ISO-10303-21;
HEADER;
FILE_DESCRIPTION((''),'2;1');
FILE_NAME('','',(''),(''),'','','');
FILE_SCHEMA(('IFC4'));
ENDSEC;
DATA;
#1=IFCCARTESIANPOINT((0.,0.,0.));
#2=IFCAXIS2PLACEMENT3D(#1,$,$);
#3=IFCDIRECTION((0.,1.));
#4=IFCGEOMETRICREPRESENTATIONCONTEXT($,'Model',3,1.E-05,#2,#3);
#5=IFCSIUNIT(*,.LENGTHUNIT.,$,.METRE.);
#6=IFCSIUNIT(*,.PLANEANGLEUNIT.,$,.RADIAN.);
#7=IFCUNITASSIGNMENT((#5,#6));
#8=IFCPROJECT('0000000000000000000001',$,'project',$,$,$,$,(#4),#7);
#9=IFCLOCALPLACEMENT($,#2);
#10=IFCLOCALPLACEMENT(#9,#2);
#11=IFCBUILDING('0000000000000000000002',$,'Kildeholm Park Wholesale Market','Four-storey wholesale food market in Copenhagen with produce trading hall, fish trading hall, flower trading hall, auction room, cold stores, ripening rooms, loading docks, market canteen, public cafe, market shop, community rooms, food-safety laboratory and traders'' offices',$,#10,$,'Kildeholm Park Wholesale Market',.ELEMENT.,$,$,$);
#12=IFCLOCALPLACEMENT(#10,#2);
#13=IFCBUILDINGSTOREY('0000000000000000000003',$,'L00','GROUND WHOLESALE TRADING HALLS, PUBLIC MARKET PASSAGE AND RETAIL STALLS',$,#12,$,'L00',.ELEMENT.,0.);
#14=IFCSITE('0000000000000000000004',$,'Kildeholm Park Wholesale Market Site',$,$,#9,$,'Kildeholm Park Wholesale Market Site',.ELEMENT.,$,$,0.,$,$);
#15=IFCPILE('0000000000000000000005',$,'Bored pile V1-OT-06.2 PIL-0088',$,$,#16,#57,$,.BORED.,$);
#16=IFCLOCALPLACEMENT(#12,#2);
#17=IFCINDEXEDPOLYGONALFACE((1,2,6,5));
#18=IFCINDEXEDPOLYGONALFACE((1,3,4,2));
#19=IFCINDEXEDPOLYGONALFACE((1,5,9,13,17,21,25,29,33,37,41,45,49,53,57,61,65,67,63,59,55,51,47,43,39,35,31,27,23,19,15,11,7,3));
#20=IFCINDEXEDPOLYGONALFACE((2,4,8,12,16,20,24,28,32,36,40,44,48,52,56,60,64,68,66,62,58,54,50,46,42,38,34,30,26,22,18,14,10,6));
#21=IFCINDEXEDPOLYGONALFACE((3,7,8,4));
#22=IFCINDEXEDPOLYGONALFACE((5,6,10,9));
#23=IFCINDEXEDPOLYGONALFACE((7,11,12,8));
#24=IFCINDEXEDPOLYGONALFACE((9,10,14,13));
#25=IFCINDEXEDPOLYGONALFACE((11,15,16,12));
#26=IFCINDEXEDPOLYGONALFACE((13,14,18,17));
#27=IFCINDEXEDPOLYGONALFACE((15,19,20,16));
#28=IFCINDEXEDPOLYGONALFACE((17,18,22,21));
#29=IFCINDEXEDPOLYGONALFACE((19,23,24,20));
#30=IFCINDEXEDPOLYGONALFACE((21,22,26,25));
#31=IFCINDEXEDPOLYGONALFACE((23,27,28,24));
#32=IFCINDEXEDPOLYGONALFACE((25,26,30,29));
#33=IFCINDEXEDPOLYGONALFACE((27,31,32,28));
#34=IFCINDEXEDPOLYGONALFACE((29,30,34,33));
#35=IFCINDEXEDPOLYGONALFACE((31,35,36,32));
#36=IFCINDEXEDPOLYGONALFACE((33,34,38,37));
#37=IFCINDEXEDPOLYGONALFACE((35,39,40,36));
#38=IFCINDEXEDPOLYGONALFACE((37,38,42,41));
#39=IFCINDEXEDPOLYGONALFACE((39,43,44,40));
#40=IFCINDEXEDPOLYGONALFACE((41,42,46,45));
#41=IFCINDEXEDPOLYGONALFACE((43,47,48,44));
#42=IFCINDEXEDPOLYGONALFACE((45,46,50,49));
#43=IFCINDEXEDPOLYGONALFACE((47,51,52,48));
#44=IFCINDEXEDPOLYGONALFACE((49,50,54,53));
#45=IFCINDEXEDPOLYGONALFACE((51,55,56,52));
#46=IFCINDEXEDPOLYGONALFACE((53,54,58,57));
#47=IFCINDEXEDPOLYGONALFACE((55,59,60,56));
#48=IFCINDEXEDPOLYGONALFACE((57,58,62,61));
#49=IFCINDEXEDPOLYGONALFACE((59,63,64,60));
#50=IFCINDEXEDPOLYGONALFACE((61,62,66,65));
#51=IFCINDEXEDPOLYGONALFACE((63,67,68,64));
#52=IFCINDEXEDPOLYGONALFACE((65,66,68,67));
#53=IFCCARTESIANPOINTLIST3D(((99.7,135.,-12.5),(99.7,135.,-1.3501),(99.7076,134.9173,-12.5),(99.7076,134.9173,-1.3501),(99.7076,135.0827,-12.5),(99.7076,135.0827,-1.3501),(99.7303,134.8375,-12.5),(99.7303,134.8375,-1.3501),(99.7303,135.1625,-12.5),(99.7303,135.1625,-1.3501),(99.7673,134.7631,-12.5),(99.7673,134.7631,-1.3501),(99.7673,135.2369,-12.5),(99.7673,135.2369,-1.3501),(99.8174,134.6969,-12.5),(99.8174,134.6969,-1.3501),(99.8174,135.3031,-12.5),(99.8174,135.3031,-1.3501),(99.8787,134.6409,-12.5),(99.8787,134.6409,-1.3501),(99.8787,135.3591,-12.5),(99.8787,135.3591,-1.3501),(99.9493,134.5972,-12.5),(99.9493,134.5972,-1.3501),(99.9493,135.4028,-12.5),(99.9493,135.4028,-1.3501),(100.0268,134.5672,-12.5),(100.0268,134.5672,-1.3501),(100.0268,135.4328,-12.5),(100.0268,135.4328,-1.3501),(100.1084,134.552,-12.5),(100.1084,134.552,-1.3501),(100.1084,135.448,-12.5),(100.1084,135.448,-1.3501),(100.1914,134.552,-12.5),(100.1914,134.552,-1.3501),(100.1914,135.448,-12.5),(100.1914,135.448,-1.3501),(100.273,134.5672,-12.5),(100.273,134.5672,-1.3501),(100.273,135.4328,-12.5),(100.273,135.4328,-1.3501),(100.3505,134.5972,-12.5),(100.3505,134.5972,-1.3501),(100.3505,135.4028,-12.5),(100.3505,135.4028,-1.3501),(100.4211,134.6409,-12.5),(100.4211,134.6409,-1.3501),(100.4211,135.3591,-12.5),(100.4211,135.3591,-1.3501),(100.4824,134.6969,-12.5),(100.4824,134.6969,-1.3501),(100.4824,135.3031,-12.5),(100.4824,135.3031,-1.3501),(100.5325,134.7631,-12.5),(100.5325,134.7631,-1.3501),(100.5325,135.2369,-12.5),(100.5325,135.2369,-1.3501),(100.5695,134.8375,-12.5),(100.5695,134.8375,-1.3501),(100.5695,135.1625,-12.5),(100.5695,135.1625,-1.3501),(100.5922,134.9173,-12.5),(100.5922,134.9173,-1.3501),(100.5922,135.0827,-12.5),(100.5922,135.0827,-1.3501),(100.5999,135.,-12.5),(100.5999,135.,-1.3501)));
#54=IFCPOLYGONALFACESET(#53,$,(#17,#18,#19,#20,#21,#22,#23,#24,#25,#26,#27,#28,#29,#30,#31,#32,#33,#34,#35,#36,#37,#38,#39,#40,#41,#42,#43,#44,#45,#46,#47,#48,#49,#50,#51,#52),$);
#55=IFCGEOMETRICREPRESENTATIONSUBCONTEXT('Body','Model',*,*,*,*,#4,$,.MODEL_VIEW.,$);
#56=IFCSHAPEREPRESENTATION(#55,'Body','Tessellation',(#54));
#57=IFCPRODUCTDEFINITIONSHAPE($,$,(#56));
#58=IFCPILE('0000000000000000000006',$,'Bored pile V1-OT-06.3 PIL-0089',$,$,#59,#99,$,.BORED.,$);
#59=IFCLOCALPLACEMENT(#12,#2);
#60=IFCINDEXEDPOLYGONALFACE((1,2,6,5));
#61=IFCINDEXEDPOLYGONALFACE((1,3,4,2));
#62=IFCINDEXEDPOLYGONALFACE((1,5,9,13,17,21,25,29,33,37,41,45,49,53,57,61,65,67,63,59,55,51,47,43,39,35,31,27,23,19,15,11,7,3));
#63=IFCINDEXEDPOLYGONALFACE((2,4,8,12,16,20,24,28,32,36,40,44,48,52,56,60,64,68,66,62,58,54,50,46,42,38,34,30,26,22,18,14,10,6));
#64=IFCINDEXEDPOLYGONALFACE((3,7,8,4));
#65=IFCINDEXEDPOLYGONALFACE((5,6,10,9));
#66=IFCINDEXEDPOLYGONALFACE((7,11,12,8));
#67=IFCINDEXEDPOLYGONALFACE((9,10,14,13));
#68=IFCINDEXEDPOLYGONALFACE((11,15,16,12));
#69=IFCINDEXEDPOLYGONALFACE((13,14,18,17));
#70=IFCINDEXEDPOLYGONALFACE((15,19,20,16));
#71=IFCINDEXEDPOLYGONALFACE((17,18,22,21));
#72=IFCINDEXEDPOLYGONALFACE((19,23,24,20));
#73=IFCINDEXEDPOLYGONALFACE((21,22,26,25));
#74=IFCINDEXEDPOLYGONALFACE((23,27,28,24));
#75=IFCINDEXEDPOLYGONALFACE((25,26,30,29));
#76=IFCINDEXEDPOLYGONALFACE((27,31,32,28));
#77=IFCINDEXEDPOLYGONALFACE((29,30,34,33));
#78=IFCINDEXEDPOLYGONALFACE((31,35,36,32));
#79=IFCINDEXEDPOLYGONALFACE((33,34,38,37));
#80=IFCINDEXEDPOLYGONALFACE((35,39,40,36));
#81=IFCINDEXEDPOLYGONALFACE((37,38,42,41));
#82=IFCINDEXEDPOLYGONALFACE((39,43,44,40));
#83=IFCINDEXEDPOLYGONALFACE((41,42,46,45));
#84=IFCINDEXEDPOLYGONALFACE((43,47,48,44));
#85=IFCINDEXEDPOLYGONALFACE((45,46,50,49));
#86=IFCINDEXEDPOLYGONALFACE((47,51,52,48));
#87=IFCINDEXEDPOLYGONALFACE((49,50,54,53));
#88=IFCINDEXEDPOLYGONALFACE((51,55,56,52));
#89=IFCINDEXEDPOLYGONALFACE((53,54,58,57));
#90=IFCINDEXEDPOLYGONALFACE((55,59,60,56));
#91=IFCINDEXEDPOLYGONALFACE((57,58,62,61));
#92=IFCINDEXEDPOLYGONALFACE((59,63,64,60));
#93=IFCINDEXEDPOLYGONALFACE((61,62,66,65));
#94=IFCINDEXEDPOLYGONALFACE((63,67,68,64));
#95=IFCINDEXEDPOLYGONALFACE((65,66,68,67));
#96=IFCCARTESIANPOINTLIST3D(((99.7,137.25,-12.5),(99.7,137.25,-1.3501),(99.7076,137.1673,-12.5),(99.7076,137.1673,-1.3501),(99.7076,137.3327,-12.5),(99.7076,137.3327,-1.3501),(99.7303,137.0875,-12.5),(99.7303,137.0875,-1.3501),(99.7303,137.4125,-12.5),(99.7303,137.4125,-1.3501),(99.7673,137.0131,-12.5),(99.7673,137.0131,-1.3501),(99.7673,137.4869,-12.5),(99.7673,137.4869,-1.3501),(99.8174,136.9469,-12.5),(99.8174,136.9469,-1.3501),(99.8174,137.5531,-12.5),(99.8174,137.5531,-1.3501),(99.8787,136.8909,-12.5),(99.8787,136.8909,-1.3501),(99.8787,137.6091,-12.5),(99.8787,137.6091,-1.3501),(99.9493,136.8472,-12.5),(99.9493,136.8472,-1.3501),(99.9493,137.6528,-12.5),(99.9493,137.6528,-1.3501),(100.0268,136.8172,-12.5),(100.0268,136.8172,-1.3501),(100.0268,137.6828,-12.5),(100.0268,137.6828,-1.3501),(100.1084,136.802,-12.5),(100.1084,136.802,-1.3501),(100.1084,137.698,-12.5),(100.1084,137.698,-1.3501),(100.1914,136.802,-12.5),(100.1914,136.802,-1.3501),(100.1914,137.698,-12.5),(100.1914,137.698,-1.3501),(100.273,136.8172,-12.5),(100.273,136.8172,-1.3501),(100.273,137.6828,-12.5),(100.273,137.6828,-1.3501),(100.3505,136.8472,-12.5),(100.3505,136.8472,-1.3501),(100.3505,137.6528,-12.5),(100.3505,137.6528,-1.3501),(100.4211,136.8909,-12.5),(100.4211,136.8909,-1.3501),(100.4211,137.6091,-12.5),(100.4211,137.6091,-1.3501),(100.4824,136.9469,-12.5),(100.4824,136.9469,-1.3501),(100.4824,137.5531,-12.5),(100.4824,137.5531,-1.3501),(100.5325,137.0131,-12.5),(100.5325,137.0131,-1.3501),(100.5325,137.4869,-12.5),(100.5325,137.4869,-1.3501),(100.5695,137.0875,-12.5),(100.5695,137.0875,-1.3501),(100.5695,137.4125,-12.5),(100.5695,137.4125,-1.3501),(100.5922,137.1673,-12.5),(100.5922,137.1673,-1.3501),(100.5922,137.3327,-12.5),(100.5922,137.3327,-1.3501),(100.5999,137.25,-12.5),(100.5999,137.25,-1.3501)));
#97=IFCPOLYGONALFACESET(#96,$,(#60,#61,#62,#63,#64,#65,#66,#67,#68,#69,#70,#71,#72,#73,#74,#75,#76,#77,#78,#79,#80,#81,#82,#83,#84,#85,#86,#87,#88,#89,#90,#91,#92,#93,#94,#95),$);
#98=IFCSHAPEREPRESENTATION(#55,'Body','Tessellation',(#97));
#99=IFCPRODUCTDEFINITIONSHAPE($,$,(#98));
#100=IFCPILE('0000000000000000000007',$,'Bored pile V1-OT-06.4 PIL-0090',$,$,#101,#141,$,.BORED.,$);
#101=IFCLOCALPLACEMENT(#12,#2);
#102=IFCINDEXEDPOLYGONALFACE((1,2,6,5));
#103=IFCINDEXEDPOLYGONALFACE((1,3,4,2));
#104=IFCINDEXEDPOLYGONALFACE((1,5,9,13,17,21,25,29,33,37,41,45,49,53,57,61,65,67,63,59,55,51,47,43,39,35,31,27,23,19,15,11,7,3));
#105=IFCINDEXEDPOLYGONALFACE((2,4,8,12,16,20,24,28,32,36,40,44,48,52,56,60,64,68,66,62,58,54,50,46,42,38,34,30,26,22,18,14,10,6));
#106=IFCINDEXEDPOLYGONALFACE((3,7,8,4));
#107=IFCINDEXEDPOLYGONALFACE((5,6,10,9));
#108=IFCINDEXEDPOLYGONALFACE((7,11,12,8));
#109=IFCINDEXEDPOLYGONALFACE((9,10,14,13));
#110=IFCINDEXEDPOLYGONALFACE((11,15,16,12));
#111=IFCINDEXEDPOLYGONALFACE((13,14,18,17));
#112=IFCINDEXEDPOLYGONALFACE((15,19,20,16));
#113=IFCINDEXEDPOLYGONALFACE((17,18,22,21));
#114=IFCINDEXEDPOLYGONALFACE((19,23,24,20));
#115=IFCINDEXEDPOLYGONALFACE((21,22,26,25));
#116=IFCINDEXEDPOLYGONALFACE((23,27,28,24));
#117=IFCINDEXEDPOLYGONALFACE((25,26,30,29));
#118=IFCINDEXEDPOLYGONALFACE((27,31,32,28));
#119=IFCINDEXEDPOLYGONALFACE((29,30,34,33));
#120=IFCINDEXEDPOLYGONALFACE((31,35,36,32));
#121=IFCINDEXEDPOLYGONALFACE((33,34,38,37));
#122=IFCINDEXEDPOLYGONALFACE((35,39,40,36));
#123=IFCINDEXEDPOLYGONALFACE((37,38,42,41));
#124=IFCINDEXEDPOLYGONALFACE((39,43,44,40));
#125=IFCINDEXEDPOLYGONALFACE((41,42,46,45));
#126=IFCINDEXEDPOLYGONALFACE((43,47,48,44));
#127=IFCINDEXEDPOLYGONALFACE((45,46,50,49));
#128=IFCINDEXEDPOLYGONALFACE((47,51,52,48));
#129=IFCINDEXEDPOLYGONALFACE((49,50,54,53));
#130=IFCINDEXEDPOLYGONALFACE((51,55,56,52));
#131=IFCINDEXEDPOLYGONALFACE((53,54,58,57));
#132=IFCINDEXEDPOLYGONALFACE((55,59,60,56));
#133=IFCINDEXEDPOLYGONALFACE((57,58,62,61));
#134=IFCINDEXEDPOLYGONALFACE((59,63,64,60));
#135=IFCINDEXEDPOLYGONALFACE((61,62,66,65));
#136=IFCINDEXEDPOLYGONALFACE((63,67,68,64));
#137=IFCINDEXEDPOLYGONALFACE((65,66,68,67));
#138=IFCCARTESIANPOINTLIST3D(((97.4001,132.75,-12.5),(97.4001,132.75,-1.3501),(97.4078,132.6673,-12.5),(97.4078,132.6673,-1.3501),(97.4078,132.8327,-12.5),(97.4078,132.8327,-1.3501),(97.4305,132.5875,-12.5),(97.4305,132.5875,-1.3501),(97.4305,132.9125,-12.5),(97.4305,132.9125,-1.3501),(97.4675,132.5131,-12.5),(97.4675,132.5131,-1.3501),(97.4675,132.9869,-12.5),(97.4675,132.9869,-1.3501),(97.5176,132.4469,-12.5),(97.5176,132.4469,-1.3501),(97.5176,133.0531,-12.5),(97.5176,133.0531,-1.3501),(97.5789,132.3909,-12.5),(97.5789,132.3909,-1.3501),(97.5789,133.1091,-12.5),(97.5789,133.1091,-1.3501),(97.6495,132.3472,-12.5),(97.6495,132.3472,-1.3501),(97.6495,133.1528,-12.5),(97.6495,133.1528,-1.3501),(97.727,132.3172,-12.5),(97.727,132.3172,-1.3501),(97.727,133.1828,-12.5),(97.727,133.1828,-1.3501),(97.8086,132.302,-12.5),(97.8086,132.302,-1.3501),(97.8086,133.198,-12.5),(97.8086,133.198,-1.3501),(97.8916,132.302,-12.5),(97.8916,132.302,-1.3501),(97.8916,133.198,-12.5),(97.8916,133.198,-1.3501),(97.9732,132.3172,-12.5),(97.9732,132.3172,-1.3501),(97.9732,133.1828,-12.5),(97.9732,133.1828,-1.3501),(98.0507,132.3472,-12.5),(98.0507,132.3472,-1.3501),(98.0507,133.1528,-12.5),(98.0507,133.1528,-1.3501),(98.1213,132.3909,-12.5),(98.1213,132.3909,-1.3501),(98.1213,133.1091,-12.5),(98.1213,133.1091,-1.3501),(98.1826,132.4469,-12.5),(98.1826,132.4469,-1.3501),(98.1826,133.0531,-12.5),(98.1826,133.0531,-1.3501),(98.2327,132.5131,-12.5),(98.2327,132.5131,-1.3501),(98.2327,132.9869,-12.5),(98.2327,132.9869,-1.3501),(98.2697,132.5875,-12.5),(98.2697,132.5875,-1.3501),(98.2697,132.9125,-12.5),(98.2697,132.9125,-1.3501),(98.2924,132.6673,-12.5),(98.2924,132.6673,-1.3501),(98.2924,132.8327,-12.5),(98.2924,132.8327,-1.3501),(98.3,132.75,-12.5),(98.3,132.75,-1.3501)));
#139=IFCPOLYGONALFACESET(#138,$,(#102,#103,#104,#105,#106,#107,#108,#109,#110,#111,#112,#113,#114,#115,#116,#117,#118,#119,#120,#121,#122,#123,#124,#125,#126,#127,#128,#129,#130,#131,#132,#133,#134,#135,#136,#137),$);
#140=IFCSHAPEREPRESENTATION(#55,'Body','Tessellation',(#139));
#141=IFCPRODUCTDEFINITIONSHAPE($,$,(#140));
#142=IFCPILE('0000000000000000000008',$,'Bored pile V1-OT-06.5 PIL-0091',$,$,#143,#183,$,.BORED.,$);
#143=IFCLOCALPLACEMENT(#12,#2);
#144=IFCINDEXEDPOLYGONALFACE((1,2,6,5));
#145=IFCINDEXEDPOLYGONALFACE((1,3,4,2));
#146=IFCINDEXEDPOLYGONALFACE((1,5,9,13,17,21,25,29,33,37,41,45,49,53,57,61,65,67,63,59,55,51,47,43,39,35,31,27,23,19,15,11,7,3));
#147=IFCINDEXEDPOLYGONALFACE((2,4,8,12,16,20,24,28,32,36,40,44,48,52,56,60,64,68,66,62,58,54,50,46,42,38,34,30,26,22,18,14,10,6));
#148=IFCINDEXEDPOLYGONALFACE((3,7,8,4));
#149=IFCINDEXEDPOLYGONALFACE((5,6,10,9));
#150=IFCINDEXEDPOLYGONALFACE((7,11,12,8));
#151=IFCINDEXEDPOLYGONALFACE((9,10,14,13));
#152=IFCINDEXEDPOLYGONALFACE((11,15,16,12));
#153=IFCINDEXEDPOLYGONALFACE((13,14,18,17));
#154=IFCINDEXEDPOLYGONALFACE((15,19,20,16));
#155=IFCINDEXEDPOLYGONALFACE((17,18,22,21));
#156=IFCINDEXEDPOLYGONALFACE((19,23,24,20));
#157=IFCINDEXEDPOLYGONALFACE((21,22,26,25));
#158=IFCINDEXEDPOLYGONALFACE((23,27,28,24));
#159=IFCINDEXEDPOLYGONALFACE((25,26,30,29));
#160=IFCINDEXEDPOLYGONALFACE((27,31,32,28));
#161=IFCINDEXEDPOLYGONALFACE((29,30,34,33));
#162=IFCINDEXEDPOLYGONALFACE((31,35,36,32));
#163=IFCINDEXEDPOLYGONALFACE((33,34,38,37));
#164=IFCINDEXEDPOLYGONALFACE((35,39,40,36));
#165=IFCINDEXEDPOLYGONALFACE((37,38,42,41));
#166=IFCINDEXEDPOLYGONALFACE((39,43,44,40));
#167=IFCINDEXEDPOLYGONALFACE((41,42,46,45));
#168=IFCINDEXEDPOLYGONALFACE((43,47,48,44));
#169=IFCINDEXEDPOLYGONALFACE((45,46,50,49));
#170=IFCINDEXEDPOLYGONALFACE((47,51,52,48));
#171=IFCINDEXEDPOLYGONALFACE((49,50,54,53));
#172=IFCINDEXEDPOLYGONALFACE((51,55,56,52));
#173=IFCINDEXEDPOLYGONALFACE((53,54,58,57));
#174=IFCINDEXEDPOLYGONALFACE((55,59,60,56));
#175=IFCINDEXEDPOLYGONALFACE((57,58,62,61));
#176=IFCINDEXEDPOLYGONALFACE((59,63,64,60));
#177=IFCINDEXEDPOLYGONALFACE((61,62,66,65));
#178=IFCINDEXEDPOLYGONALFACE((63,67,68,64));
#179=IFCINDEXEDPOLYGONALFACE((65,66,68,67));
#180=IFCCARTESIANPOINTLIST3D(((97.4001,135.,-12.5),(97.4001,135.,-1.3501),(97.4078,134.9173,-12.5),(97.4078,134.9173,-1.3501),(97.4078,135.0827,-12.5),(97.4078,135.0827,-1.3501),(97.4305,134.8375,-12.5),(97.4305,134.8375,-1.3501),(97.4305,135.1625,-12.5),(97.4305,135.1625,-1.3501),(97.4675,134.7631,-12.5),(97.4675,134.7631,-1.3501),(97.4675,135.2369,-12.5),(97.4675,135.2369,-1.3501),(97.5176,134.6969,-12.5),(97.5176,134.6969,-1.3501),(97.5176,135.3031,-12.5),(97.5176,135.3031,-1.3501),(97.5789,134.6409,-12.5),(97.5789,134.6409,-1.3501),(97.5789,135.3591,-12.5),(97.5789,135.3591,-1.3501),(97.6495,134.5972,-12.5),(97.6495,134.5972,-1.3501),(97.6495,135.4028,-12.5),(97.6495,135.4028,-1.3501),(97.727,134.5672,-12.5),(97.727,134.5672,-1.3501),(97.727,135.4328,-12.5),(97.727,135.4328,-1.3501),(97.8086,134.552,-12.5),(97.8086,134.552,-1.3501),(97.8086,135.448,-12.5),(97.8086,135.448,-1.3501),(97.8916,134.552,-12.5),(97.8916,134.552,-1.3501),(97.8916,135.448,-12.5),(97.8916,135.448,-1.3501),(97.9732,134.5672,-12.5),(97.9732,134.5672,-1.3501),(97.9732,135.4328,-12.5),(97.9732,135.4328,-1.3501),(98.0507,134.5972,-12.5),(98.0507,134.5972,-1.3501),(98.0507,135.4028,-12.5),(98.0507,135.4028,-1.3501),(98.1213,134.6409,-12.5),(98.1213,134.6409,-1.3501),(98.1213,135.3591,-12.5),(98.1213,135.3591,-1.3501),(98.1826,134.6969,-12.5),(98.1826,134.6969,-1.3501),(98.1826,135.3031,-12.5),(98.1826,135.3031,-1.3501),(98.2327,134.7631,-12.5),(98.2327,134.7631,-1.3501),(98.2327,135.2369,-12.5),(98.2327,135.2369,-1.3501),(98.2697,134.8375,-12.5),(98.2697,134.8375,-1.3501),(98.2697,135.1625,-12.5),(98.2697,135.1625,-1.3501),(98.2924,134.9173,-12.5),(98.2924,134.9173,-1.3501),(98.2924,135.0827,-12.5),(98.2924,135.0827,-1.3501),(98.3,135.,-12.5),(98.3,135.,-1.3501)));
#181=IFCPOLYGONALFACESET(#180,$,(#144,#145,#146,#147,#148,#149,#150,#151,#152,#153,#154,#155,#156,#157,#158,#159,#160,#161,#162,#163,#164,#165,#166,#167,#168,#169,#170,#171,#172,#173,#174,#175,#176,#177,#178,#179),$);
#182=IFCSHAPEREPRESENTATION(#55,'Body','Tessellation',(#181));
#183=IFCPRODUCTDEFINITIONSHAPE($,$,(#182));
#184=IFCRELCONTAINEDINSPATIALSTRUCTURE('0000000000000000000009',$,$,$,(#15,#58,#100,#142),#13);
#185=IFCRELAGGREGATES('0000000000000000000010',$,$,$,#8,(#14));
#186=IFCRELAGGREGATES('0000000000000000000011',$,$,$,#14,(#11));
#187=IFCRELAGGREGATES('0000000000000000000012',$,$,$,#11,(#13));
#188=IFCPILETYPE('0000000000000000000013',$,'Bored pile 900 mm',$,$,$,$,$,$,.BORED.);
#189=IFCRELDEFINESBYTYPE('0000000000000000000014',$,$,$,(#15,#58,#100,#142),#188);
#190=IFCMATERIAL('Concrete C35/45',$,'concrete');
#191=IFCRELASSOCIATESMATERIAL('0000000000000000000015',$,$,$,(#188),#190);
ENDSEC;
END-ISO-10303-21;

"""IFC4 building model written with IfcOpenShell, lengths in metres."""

from ifc_helpers import new_model, si_unit, direction, frame, origin, origin_2d, place, context, subcontext, project, spatial, circle, extrude, material, material_profile, profile_set, type_object, element, save


model = new_model("IFC4")

# Units and contexts
model_context = context("Model", 3, precision=1e-05, world=origin(), true_north=direction((0.0, 1.0)))
body_context = subcontext(model_context, "Body", "Model", "MODEL_VIEW")
ifc_project = project(units=[si_unit("LENGTHUNIT", "METRE"), si_unit("PLANEANGLEUNIT", "RADIAN")], contexts=[model_context])

# Site, building, storey
site_placement = place(None, origin())
site = spatial("IfcSite", under=ifc_project, at=site_placement, Name="Kildeholm Park Wholesale Market Site", LongName="Kildeholm Park Wholesale Market Site", CompositionType="ELEMENT", RefElevation=0.0)
building_placement = place(site_placement, origin())
building = spatial("IfcBuilding", under=site, at=building_placement, Name="Kildeholm Park Wholesale Market", Description="Four-storey wholesale food market in Copenhagen with produce trading hall, fish trading hall, flower trading hall, auction room, cold stores, ripening rooms, loading docks, market canteen, public cafe, market shop, community rooms, food-safety laboratory and traders' offices", LongName="Kildeholm Park Wholesale Market", CompositionType="ELEMENT")
storey_placement = place(building_placement, origin())
storey = spatial("IfcBuildingStorey", under=building, at=storey_placement, Name="L00", Description="GROUND WHOLESALE TRADING HALLS, PUBLIC MARKET PASSAGE AND RETAIL STALLS", LongName="L00", CompositionType="ELEMENT", Elevation=0.0)

# Piles
ifc_material_1 = material(Name="Concrete C35/45", Category="concrete")
ifc_material_profile_1 = material_profile(ifc_material_1, circle(Radius=0.45, at=origin_2d()), Name="PILE D900")
ifc_profile_set_1 = profile_set([ifc_material_profile_1], Name="Concrete C35/45")
pile_type_1 = type_object("IfcPileType", Name="Bored pile 900 mm", PredefinedType="BORED", material=ifc_profile_set_1)
for number, where, z_axis, x_axis, name in (
    (1, (100.1499, 135.0, -1.3501), (0.0, 0.0, -1.0), (1.0, 0.0, 0.0), "Bored pile V1-OT-06.2 PIL-0088"),
    (2, (100.1499, 137.25, -1.3501), (0.0, 0.0, -1.0), (1.0, 0.0, 0.0), "Bored pile V1-OT-06.3 PIL-0089"),
    (3, (97.8501, 132.75, -1.3501), (0.0, 0.0, -1.0), (1.0, 0.0, 0.0), "Bored pile V1-OT-06.4 PIL-0090"),
    (4, (97.8501, 135.0, -1.3501), (0.0, 0.0, -1.0), (1.0, 0.0, 0.0), "Bored pile V1-OT-06.5 PIL-0091"),
):
    element("IfcPile", number, at=place(storey_placement, frame(where, z_axis=z_axis, x_axis=x_axis)), inside=storey, type_object=pile_type_1, Name=name, PredefinedType="BORED", context=body_context, shape_type="SweptSolid", body=[
        extrude(circle(Radius=0.45, at=origin_2d()), origin(), (0.0, 0.0, 1.0), 11.1499),
    ])

save(model, "model.ifc")
